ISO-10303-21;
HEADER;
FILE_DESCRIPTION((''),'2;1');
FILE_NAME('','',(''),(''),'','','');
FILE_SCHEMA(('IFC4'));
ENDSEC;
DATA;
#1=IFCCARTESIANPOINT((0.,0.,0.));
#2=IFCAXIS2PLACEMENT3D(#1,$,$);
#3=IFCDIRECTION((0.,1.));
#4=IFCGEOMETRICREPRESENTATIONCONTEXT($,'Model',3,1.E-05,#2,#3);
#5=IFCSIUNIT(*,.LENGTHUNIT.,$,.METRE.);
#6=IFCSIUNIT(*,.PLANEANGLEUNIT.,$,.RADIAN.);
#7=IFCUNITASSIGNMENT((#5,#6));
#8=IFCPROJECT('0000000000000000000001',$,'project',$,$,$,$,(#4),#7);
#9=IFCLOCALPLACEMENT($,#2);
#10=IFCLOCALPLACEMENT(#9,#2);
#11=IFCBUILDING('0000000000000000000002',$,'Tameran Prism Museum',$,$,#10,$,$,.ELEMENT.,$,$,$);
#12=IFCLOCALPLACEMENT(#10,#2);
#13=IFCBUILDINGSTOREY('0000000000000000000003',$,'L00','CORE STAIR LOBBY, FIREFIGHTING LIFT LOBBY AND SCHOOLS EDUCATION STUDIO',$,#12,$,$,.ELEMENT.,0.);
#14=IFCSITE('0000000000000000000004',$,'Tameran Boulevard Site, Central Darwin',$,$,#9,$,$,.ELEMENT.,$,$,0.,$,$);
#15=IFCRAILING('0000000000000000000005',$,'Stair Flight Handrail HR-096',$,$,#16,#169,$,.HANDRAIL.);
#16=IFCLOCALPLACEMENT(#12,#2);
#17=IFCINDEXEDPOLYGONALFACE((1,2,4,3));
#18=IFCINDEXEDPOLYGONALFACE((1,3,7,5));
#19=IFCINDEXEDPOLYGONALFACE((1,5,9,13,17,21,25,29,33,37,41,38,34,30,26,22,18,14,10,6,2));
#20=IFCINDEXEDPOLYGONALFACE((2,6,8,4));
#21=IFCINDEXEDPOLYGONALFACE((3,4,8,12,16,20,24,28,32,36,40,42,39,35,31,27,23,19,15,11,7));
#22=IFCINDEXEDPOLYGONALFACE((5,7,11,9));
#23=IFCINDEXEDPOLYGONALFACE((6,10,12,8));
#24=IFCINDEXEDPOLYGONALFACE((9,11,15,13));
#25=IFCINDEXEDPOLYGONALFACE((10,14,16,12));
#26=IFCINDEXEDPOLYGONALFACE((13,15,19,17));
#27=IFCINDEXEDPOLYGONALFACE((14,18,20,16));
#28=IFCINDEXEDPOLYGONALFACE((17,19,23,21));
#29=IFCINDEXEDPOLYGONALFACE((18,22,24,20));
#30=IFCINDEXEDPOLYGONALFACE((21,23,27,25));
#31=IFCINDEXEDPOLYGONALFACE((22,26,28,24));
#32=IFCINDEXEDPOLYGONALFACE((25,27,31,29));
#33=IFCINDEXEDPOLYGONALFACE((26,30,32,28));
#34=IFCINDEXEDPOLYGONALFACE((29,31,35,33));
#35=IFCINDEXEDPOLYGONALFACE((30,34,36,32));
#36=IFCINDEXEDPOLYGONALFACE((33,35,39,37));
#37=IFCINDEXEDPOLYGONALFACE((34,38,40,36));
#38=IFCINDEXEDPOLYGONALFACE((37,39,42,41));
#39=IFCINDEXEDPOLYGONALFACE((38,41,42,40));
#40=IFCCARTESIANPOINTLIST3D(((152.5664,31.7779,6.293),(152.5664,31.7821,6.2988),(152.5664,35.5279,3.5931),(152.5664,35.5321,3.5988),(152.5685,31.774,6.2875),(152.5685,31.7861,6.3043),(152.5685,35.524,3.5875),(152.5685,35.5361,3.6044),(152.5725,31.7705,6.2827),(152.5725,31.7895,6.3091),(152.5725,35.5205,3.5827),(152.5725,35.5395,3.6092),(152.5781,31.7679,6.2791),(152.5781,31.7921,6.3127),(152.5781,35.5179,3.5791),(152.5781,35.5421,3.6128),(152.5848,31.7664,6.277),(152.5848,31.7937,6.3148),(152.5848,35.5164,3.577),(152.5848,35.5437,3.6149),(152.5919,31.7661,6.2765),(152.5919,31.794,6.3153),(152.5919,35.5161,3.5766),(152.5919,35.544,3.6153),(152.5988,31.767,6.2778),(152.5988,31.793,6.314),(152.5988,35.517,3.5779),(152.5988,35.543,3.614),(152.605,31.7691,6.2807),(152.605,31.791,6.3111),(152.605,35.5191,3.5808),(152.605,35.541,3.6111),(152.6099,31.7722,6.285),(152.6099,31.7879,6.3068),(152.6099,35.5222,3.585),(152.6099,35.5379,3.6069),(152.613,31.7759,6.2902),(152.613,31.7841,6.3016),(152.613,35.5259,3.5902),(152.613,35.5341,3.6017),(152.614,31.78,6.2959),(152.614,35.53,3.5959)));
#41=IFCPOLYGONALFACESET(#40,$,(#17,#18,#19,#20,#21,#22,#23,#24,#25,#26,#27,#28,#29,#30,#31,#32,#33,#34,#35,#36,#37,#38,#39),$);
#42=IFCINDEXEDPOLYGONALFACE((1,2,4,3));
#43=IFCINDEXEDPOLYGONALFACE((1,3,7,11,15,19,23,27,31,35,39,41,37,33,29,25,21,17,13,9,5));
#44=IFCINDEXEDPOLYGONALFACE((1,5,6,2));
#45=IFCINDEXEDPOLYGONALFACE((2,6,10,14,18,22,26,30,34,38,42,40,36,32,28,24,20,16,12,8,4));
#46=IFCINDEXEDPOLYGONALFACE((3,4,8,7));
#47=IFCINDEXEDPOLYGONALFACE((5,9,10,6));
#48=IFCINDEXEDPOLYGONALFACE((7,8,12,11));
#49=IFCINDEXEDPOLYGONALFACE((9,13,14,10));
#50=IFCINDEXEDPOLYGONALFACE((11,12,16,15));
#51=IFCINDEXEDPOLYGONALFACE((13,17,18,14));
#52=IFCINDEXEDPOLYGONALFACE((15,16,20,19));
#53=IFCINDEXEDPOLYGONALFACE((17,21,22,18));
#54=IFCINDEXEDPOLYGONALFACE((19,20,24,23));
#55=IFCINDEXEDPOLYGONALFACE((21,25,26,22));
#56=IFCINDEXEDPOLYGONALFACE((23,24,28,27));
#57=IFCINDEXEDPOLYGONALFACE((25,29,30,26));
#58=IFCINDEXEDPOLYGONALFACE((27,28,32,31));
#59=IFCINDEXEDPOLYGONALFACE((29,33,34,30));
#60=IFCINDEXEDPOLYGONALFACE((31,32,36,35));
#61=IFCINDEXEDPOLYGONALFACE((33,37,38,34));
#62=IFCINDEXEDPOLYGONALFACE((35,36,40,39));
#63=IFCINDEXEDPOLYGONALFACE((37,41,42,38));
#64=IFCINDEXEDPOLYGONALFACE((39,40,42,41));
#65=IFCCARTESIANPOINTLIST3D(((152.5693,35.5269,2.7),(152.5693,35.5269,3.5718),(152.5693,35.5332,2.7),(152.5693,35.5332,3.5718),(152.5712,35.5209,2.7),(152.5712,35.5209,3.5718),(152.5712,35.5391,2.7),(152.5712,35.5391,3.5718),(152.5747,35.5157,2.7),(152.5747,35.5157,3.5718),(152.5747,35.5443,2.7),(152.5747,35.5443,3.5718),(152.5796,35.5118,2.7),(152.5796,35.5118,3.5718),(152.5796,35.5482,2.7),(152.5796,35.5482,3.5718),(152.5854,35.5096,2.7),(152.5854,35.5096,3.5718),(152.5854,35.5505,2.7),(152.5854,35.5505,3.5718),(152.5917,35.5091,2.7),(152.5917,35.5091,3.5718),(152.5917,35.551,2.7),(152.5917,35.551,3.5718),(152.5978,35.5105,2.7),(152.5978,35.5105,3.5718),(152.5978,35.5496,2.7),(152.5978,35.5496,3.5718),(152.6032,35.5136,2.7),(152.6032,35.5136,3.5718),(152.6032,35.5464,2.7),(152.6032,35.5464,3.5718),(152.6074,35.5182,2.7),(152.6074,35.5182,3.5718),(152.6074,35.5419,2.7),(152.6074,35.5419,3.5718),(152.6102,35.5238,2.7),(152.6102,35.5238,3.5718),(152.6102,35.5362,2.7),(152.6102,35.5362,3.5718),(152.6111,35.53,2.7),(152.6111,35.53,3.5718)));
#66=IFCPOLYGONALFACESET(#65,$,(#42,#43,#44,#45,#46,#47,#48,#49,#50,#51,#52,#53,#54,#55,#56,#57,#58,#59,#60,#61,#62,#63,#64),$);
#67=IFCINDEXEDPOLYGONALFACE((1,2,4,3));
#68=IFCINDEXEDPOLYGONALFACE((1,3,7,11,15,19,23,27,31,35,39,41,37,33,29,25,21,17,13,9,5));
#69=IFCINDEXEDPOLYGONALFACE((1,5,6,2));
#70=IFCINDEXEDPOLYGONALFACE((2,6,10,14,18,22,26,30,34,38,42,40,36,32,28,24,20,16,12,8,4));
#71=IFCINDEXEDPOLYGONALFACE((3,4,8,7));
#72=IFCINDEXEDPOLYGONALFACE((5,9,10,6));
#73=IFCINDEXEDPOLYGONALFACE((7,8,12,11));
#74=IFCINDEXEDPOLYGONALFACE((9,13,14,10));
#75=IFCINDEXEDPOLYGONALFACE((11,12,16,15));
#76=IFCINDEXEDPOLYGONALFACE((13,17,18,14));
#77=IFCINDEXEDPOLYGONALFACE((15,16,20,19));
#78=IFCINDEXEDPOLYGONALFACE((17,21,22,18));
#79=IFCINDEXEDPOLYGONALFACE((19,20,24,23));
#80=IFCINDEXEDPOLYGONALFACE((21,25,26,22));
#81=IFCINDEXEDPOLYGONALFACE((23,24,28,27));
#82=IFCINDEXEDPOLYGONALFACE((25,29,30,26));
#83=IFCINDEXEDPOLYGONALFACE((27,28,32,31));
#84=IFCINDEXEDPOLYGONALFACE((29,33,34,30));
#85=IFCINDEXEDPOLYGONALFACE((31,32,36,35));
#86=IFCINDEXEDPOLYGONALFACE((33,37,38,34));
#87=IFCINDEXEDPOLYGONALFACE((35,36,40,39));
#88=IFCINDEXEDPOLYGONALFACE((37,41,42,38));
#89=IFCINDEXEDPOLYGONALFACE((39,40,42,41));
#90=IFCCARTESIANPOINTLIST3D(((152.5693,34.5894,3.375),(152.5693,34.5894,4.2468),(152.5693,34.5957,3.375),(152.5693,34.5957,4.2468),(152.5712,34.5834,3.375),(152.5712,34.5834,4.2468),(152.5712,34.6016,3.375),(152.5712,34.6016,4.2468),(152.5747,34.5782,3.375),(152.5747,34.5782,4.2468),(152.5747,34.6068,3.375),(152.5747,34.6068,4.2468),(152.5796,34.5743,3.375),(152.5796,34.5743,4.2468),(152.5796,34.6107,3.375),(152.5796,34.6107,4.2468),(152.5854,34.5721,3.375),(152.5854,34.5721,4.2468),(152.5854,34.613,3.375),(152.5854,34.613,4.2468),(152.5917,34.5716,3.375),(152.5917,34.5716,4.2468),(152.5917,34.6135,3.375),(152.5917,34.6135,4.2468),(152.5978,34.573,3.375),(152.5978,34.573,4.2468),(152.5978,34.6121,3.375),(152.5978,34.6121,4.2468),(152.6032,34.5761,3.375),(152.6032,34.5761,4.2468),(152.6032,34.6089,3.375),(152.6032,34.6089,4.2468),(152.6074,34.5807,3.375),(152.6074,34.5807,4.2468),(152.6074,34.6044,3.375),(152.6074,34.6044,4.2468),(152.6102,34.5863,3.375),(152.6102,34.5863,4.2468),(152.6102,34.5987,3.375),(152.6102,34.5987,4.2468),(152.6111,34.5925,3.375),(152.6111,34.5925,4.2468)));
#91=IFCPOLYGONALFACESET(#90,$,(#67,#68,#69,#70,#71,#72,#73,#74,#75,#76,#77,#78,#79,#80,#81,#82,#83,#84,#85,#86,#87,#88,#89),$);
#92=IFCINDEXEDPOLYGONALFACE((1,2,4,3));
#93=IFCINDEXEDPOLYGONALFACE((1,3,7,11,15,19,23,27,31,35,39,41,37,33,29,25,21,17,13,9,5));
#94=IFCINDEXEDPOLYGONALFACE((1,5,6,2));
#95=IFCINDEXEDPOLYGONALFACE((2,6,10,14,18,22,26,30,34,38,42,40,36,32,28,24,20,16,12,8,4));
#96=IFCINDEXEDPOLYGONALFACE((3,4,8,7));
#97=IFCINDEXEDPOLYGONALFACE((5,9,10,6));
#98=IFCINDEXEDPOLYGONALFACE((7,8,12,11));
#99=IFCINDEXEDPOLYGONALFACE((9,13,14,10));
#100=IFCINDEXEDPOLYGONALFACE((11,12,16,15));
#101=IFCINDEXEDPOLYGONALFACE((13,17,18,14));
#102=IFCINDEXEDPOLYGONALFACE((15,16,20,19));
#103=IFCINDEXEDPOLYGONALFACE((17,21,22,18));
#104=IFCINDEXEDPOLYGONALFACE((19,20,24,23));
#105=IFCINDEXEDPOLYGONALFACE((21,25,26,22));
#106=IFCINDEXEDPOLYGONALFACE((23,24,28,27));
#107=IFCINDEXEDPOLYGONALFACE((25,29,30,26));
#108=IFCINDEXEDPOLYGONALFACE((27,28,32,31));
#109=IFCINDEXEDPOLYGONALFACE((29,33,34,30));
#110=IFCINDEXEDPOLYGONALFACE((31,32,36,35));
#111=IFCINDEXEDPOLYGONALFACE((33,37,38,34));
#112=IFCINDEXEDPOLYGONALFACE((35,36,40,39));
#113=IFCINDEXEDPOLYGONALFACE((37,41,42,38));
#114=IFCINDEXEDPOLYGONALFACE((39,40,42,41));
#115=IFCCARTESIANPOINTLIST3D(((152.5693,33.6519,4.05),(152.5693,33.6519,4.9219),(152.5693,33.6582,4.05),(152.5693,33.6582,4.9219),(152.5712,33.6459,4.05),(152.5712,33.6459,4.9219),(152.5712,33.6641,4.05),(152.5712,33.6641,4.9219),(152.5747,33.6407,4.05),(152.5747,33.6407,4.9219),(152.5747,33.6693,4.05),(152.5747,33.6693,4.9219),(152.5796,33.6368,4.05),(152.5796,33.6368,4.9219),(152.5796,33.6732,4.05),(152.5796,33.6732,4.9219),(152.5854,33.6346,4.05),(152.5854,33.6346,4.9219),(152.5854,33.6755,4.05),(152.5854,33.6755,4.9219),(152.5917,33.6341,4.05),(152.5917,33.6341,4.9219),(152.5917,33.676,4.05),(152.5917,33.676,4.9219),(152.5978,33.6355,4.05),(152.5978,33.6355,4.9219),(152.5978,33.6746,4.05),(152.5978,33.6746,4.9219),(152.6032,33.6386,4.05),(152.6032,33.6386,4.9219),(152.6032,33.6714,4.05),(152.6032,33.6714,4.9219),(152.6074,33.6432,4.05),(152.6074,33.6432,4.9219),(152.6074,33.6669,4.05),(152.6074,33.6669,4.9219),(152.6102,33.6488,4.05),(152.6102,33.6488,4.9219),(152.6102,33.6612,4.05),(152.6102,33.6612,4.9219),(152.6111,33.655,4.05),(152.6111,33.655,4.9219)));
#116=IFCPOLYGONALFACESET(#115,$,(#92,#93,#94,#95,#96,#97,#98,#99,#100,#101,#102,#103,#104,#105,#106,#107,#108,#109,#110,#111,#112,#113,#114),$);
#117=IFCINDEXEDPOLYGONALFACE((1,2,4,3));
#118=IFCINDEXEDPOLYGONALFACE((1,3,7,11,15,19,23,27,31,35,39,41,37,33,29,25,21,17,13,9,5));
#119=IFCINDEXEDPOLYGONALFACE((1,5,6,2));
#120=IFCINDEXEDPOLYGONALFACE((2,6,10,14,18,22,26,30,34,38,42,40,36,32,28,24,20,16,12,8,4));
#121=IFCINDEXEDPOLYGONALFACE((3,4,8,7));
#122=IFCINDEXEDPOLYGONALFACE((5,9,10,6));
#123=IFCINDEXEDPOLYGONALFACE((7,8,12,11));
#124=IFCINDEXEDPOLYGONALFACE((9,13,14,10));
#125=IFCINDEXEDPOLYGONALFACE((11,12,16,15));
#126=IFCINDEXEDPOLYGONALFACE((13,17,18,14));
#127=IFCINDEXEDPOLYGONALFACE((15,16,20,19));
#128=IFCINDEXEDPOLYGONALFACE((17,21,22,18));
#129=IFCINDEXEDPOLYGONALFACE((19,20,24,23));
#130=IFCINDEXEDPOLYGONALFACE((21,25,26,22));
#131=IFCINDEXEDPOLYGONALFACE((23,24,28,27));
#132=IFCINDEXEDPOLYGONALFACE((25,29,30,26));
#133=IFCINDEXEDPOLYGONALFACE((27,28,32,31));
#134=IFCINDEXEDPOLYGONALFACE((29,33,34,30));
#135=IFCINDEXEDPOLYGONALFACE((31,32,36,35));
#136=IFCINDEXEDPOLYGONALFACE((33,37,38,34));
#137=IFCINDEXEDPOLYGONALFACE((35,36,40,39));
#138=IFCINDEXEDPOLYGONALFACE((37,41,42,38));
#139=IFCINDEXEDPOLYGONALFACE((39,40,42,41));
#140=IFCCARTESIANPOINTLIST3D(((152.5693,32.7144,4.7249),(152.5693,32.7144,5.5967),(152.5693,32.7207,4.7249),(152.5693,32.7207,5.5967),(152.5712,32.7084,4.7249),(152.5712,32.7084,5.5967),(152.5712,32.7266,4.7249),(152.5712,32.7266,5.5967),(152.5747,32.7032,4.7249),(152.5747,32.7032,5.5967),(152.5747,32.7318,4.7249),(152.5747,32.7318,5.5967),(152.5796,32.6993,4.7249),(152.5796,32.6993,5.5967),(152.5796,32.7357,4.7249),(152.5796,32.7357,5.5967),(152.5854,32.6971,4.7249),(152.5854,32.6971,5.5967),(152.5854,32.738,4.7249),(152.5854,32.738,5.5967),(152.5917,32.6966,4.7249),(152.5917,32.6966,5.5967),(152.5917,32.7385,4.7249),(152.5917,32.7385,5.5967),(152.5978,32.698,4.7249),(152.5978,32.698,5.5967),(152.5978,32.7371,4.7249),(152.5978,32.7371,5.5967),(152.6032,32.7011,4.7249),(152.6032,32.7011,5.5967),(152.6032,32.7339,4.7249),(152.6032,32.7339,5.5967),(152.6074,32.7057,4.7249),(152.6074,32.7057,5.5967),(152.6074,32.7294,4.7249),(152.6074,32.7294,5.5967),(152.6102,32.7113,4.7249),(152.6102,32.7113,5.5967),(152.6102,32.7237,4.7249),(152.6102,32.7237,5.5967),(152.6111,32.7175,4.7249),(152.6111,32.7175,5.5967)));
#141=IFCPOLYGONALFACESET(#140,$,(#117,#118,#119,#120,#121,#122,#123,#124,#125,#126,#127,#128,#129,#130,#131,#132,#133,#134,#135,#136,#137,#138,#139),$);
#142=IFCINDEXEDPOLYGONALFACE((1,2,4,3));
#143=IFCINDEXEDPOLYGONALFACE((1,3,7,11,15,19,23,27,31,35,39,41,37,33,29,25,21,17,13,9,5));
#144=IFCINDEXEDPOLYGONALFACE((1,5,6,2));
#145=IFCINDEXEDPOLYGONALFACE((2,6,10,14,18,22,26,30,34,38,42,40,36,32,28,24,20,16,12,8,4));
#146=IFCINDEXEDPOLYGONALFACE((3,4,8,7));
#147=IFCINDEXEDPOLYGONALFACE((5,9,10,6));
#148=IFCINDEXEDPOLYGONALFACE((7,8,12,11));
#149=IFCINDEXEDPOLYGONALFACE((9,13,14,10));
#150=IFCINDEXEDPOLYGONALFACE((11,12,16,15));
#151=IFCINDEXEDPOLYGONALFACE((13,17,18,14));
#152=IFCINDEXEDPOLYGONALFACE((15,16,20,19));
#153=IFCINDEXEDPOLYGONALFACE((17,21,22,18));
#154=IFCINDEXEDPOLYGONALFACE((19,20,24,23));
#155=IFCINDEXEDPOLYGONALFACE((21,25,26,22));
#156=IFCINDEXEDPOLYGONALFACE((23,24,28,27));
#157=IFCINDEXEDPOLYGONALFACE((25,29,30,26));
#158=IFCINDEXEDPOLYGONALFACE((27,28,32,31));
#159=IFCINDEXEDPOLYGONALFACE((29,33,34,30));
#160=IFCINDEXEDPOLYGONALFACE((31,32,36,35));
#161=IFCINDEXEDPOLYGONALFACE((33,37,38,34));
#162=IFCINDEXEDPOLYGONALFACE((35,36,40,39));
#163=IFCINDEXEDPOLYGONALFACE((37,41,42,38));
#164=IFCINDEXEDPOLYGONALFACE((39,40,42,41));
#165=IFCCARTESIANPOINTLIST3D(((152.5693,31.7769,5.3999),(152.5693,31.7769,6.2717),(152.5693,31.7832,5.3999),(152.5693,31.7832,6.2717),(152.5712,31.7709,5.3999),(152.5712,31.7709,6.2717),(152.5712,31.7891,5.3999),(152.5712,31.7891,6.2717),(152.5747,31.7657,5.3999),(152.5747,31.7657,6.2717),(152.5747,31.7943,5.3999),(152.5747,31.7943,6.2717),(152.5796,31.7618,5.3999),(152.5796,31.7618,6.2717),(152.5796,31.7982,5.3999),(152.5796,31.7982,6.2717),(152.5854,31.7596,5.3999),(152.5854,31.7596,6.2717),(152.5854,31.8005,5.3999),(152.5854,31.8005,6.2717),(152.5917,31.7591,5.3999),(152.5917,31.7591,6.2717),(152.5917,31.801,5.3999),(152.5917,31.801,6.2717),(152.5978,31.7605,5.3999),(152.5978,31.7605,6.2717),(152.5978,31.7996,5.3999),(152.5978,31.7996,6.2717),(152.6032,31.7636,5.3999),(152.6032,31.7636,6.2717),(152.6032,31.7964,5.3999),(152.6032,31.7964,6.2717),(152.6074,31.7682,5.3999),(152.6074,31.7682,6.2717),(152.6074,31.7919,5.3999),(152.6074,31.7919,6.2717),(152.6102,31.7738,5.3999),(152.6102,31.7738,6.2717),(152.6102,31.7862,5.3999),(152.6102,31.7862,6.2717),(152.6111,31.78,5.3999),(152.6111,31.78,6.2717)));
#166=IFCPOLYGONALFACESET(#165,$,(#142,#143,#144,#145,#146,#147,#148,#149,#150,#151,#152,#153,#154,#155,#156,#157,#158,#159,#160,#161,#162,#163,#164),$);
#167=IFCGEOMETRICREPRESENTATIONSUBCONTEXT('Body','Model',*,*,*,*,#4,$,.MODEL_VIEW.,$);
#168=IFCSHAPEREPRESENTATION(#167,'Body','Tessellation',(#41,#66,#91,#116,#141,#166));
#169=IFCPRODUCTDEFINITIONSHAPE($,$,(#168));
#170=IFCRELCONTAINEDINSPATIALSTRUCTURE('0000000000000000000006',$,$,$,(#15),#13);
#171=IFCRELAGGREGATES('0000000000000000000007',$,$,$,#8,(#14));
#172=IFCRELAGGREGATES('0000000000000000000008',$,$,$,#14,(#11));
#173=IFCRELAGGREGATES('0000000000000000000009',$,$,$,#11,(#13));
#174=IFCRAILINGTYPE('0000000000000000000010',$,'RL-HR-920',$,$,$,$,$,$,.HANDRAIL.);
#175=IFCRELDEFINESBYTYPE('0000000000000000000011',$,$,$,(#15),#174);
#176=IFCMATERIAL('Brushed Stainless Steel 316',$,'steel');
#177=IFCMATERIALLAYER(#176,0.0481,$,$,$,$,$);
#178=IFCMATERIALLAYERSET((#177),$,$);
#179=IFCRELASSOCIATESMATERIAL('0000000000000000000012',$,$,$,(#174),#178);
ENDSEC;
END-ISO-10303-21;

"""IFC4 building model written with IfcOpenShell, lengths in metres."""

from ifc_helpers import new_model, si_unit, direction, frame, origin, origin_2d, place, context, subcontext, project, spatial, circle, extrude, material, layer, layer_set, type_object, element, save


model = new_model("IFC4")

# Units and contexts
model_context = context("Model", 3, precision=1e-05, world=origin(), true_north=direction((0.0, 1.0)))
body_context = subcontext(model_context, "Body", "Model", "MODEL_VIEW")
ifc_project = project(units=[si_unit("LENGTHUNIT", "METRE"), si_unit("PLANEANGLEUNIT", "RADIAN")], contexts=[model_context])

# Site, building, storey
site_placement = place(None, origin())
site = spatial("IfcSite", under=ifc_project, at=site_placement, Name="Tameran Boulevard Site, Central Darwin", CompositionType="ELEMENT", RefElevation=0.0)
building_placement = place(site_placement, origin())
building = spatial("IfcBuilding", under=site, at=building_placement, Name="Tameran Prism Museum", CompositionType="ELEMENT")
storey_placement = place(building_placement, origin())
storey = spatial("IfcBuildingStorey", under=building, at=storey_placement, Name="L00", Description="CORE STAIR LOBBY, FIREFIGHTING LIFT LOBBY AND SCHOOLS EDUCATION STUDIO", CompositionType="ELEMENT", Elevation=0.0)

# Railing
ifc_material_1 = material(Name="Brushed Stainless Steel 316", Category="steel")
ifc_layer_1 = layer(ifc_material_1, 0.0481)
ifc_layer_set_1 = layer_set([ifc_layer_1])
railing_type_1 = type_object("IfcRailingType", Name="RL-HR-920", PredefinedType="HANDRAIL", material=ifc_layer_set_1)
railing_1_placement = place(storey_placement, frame((152.5901, 35.53, 2.7)))
element("IfcRailing", 1, at=railing_1_placement, inside=storey, type_object=railing_type_1, Name="Stair Flight Handrail HR-096", PredefinedType="HANDRAIL", context=body_context, shape_type="SweptSolid", body=[
    extrude(circle(Radius=0.0239, at=origin_2d()), frame((0.0, 0.0, 0.896), z_axis=(0.0, -0.811539, 0.584298), x_axis=(1.0, 0.0, 0.0)), (0.0, 0.0, 1.0), 4.6208),
    extrude(circle(Radius=0.021, at=origin_2d()), origin(), (0.0, 0.0, 1.0), 0.8718),
    extrude(circle(Radius=0.021, at=origin_2d()), frame((0.0, -0.9375, 0.675)), (0.0, 0.0, 1.0), 0.8718),
    extrude(circle(Radius=0.021, at=origin_2d()), frame((0.0, -1.875, 1.3501)), (0.0, 0.0, 1.0), 0.8718),
    extrude(circle(Radius=0.021, at=origin_2d()), frame((0.0, -2.8125, 2.0249)), (0.0, 0.0, 1.0), 0.8718),
    extrude(circle(Radius=0.021, at=origin_2d()), frame((0.0, -3.75, 2.7)), (0.0, 0.0, 1.0), 0.8718),
])

save(model, "model.ifc")
